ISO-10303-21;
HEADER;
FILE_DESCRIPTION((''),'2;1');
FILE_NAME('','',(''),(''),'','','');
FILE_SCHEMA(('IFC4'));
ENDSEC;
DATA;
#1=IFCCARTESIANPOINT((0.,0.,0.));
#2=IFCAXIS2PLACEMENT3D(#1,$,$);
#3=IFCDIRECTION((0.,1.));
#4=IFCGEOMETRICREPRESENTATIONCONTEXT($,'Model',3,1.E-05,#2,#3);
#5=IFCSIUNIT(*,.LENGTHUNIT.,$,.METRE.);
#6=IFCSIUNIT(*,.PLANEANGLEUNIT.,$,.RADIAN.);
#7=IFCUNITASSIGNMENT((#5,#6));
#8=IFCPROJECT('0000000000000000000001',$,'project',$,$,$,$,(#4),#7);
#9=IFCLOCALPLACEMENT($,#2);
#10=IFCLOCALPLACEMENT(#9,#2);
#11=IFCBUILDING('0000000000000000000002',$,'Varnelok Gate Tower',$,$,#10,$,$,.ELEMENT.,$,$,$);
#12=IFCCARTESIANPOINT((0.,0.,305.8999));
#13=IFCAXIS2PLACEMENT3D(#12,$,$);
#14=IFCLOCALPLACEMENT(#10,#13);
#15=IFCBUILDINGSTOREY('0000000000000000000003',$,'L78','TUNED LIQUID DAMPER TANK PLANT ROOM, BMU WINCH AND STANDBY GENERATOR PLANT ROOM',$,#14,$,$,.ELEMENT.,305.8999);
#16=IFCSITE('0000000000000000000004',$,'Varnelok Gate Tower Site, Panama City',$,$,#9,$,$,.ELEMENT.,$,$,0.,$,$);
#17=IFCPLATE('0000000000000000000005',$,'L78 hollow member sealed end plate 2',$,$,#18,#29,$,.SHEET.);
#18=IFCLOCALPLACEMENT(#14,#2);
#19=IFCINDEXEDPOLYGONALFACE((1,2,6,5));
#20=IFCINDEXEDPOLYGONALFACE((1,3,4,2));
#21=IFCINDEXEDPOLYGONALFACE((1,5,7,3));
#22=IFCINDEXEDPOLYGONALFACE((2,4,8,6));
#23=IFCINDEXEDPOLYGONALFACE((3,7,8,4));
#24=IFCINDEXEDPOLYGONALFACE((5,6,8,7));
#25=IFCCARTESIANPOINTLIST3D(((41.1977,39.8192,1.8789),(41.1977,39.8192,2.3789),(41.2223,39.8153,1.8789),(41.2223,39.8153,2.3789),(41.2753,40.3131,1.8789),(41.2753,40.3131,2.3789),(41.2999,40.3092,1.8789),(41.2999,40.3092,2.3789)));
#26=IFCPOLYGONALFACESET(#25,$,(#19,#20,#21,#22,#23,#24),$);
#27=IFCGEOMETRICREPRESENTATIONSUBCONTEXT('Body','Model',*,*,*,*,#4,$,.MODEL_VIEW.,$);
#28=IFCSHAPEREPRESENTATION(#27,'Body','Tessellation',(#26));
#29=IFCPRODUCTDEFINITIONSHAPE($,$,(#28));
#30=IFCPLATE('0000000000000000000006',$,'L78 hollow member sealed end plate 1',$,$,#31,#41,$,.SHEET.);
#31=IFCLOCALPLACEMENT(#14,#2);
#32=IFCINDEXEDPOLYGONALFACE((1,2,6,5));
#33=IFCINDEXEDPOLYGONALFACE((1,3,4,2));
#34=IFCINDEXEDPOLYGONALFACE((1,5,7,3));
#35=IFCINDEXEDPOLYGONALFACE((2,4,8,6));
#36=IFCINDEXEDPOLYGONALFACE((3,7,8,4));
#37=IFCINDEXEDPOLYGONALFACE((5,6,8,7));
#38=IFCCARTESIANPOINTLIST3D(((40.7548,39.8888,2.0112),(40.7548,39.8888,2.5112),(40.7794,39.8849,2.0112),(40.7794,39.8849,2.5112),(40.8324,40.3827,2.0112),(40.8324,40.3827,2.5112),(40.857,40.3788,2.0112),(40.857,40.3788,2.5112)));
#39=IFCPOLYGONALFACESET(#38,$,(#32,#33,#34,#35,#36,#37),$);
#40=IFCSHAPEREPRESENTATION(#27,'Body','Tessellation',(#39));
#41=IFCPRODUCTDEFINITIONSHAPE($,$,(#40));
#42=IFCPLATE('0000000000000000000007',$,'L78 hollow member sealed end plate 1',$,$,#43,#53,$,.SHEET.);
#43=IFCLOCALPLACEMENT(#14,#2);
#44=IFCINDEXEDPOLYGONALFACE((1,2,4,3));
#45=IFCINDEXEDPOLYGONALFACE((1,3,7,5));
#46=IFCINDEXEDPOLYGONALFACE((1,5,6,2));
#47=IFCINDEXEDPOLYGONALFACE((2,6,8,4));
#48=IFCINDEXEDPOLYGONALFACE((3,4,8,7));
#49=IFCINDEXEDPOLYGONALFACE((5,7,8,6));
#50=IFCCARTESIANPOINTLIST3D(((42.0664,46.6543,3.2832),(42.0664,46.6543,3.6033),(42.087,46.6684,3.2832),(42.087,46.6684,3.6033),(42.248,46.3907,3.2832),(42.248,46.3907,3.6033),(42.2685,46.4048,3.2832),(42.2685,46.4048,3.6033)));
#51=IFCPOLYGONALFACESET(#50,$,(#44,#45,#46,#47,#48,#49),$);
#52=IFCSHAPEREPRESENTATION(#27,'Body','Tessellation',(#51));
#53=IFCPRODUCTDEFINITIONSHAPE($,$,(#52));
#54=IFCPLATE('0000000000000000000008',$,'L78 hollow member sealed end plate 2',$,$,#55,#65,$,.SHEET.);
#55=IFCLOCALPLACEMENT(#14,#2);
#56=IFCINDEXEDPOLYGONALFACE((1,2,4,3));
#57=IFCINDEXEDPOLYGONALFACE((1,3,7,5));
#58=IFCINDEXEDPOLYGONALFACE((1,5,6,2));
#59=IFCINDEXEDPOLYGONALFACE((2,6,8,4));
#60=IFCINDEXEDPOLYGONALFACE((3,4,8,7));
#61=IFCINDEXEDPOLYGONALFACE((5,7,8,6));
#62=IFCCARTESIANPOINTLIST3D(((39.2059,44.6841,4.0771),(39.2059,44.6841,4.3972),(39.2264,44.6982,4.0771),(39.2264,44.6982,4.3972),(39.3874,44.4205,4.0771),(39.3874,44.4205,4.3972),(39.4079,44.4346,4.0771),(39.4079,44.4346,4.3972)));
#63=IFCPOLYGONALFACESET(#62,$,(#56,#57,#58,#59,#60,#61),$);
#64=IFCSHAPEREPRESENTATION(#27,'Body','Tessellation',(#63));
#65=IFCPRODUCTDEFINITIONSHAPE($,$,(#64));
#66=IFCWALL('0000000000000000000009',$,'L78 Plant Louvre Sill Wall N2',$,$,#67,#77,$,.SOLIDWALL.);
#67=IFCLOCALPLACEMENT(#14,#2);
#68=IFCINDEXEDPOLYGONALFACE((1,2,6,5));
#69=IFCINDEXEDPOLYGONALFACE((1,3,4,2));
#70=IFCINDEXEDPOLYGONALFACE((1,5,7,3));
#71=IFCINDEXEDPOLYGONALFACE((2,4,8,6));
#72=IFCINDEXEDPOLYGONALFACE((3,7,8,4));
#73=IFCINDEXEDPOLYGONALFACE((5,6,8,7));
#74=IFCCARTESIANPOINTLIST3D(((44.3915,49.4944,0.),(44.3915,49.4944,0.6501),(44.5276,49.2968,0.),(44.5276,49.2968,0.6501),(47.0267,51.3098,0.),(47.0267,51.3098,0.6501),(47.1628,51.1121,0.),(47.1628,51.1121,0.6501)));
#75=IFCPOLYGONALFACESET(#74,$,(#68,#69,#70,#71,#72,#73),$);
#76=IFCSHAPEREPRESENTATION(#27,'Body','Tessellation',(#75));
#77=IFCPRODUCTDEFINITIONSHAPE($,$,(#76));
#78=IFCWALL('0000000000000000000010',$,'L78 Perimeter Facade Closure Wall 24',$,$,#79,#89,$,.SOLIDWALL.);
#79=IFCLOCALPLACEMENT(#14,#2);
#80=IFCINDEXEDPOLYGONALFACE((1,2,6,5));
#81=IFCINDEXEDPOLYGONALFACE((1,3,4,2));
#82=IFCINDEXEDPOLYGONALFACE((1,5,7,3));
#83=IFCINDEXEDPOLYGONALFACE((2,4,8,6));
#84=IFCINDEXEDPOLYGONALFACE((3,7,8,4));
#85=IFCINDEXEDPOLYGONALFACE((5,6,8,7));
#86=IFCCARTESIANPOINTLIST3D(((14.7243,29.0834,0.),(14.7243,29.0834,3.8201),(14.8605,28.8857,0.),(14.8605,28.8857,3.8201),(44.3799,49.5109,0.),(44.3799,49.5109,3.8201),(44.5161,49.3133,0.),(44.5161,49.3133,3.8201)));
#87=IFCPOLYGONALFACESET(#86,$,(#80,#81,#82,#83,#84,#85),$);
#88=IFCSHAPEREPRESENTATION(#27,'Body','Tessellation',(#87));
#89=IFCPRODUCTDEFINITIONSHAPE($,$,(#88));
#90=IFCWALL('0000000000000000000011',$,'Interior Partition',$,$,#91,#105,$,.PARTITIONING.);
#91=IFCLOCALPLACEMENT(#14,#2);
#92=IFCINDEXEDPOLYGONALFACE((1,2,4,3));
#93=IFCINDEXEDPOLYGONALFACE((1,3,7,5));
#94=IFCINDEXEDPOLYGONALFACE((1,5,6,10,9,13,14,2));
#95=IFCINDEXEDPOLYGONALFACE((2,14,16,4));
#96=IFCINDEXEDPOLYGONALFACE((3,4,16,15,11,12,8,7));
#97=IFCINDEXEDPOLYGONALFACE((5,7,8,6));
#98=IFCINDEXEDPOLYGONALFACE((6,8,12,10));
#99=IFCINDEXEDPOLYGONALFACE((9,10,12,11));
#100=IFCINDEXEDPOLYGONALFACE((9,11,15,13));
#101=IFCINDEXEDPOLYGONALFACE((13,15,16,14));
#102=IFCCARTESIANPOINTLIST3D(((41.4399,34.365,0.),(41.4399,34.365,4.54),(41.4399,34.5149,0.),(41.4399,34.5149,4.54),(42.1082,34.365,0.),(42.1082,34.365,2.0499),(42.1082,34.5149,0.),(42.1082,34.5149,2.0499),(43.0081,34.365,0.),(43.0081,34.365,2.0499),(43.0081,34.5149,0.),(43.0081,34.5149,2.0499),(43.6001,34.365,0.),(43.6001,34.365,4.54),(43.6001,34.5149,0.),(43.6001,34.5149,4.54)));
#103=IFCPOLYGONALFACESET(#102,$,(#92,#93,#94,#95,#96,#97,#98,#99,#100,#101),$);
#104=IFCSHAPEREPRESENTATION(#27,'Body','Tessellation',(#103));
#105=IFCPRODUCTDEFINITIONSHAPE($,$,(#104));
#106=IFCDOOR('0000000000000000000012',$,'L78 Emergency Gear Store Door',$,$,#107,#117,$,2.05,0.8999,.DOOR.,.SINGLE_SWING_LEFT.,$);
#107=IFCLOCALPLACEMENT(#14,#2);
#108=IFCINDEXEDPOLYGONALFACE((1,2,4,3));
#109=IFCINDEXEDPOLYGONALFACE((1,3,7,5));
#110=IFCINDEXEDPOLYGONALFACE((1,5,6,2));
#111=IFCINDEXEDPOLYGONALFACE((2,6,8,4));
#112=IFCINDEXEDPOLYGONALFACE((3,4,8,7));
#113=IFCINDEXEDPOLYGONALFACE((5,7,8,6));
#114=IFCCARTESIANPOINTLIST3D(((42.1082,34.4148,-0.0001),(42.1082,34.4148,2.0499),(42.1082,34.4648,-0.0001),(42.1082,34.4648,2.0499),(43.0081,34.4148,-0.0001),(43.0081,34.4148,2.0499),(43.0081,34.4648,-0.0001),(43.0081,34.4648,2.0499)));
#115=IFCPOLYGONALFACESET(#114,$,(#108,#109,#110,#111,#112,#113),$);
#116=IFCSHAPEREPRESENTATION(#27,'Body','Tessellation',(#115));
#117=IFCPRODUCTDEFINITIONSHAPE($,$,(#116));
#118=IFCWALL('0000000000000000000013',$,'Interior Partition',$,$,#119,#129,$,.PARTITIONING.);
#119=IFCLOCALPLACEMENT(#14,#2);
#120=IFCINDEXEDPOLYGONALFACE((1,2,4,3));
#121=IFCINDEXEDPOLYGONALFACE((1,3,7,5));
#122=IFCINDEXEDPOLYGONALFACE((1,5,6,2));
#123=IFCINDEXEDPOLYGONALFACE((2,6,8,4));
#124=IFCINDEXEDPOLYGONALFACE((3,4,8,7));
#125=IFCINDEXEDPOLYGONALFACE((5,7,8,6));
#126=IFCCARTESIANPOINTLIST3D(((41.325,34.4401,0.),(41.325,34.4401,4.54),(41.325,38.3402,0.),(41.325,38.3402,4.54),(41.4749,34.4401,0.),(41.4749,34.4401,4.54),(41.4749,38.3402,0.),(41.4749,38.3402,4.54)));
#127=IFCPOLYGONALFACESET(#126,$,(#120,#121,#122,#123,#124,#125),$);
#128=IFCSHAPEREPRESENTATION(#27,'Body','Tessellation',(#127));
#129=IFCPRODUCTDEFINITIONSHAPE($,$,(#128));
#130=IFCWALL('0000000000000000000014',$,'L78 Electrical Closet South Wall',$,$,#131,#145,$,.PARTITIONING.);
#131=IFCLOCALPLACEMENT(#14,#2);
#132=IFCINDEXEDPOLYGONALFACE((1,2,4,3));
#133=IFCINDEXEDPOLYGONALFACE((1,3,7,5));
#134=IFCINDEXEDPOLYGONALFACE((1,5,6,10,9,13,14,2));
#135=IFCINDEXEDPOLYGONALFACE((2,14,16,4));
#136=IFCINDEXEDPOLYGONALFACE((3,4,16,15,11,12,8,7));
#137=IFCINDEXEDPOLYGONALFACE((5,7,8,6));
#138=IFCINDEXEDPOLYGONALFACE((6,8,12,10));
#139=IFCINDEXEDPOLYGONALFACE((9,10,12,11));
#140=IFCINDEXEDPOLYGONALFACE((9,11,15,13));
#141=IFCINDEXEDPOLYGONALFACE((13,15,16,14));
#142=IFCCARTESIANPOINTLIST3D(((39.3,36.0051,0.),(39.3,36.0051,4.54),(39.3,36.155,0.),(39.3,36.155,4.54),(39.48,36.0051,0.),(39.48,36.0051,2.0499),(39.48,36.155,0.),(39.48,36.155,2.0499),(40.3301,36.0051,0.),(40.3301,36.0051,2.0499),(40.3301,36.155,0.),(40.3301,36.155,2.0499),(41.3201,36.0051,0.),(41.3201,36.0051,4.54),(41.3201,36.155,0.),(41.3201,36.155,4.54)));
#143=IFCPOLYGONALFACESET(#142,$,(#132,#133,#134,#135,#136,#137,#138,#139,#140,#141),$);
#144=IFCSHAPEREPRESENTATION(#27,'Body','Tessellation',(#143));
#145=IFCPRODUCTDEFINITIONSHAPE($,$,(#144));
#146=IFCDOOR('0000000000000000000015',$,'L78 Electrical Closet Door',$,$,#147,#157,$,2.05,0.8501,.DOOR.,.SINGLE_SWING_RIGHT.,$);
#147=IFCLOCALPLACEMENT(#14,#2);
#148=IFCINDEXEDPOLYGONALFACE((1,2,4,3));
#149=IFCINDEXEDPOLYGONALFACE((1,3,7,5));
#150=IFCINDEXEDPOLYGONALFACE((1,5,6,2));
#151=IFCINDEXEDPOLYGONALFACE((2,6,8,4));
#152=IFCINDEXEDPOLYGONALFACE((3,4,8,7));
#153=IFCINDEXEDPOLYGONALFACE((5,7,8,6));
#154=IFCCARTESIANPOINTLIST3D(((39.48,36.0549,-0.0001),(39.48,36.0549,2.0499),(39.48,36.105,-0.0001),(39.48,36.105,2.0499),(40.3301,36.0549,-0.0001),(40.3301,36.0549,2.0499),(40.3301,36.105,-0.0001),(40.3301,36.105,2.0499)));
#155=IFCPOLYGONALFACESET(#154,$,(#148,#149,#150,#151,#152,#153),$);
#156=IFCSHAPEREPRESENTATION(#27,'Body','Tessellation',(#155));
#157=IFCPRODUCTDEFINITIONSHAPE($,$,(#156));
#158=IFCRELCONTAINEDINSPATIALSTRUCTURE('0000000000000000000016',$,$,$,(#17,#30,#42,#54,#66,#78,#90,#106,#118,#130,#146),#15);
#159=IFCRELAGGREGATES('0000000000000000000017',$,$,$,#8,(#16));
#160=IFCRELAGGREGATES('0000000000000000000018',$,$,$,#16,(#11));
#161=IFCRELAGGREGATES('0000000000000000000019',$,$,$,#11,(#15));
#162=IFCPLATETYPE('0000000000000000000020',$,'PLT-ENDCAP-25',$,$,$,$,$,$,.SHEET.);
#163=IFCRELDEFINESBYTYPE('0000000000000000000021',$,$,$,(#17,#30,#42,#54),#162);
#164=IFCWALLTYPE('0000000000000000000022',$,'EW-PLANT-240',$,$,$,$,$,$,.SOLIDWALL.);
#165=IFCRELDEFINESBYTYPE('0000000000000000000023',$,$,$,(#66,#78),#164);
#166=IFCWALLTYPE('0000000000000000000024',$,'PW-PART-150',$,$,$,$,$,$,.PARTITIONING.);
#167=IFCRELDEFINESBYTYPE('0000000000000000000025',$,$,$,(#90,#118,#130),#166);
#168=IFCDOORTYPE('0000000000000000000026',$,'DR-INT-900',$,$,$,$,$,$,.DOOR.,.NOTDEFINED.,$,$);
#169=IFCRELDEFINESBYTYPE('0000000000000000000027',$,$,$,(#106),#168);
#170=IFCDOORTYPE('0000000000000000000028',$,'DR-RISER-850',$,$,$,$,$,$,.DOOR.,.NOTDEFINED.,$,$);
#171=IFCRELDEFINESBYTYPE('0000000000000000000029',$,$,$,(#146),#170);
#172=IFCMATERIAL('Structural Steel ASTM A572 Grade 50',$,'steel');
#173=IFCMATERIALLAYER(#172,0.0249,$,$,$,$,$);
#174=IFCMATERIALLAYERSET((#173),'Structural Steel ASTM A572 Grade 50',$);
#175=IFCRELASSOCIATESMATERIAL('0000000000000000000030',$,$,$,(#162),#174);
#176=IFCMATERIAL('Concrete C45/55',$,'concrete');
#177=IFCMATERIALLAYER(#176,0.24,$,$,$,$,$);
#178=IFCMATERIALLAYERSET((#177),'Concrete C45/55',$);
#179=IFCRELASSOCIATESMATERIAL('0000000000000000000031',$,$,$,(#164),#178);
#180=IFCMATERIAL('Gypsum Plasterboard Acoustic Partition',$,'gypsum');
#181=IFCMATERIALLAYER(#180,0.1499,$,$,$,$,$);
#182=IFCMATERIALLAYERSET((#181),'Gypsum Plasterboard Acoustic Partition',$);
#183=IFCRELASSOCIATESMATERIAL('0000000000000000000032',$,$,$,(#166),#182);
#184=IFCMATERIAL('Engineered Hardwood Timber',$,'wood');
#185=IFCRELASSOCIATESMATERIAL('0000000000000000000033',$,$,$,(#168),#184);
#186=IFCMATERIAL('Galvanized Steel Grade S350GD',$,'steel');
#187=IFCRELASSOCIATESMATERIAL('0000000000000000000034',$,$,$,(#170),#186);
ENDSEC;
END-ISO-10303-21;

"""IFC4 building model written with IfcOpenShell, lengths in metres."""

from ifc_helpers import new_model, si_unit, direction, frame, frame_2d, origin, origin_2d, place, context, subcontext, project, spatial, rectangle, extrude, source, transform, mapped, material, layer, layer_set, type_object, element, fill, save


model = new_model("IFC4")

# Units and contexts
model_context = context("Model", 3, precision=1e-05, world=origin(), true_north=direction((0.0, 1.0)))
body_context = subcontext(model_context, "Body", "Model", "MODEL_VIEW")
ifc_project = project(units=[si_unit("LENGTHUNIT", "METRE"), si_unit("PLANEANGLEUNIT", "RADIAN")], contexts=[model_context])

# Site, building, storey
site_placement = place(None, origin())
site = spatial("IfcSite", under=ifc_project, at=site_placement, Name="Varnelok Gate Tower Site, Panama City", CompositionType="ELEMENT", RefElevation=0.0)
building_placement = place(site_placement, origin())
building = spatial("IfcBuilding", under=site, at=building_placement, Name="Varnelok Gate Tower", CompositionType="ELEMENT")
storey_placement = place(building_placement, frame((0.0, 0.0, 305.8999)))
storey = spatial("IfcBuildingStorey", under=building, at=storey_placement, Name="L78", Description="TUNED LIQUID DAMPER TANK PLANT ROOM, BMU WINCH AND STANDBY GENERATOR PLANT ROOM", CompositionType="ELEMENT", Elevation=305.8999)

# Plates
ifc_material_1 = material(Name="Structural Steel ASTM A572 Grade 50", Category="steel")
ifc_layer_1 = layer(ifc_material_1, 0.0249)
ifc_layer_set_1 = layer_set([ifc_layer_1], Name="Structural Steel ASTM A572 Grade 50")
plate_type_1 = type_object("IfcPlateType", Name="PLT-ENDCAP-25", PredefinedType="SHEET", material=ifc_layer_set_1)
shared_shape_1 = source(origin(), body_context, "Body", "SweptSolid", [
    extrude(rectangle(XDim=0.0249, YDim=0.5, at=origin_2d()), origin(), (0.0, 0.0, 1.0), 0.5),
])
for number, where, z_axis, x_axis, name in (
    (1, (41.2488, 40.0642, 1.8789), (0.0, 0.0, 1.0), (-0.987865, 0.155314, 0.0), "L78 hollow member sealed end plate 2"),
    (2, (40.8059, 40.1338, 2.0112), (0.0, 0.0, 1.0), (-0.987865, 0.155314, 0.0), "L78 hollow member sealed end plate 1"),
):
    element("IfcPlate", number, at=place(storey_placement, frame(where, z_axis=z_axis, x_axis=x_axis)), inside=storey, type_object=plate_type_1, Name=name, PredefinedType="SHEET", context=body_context, shape_type="MappedRepresentation", body=[
        mapped(shared_shape_1, transform((0.0, 0.0, 0.0), scale=1.0)),
    ])
shared_shape_2 = source(origin(), body_context, "Body", "SweptSolid", [
    extrude(rectangle(XDim=0.0249, YDim=0.3201, at=origin_2d()), origin(), (0.0, 0.0, 1.0), 0.3201),
])
for number, where, z_axis, x_axis, name in (
    (3, (42.1675, 46.5295, 3.2832), (0.0, 0.0, 1.0), (-0.823542, -0.567255, 0.0), "L78 hollow member sealed end plate 1"),
    (4, (39.3069, 44.5593, 4.0771), (0.0, 0.0, 1.0), (-0.823542, -0.567255, 0.0), "L78 hollow member sealed end plate 2"),
):
    element("IfcPlate", number, at=place(storey_placement, frame(where, z_axis=z_axis, x_axis=x_axis)), inside=storey, type_object=plate_type_1, Name=name, PredefinedType="SHEET", context=body_context, shape_type="MappedRepresentation", body=[
        mapped(shared_shape_2, transform((0.0, 0.0, 0.0), scale=1.0)),
    ])

# Walls
ifc_material_2 = material(Name="Concrete C45/55", Category="concrete")
ifc_layer_2 = layer(ifc_material_2, 0.24)
ifc_layer_set_2 = layer_set([ifc_layer_2], Name="Concrete C45/55")
wall_type_1 = type_object("IfcWallType", Name="EW-PLANT-240", PredefinedType="SOLIDWALL", material=ifc_layer_set_2)
wall_1_placement = place(storey_placement, frame((44.4595, 49.3955, 0.0), z_axis=(0.0, 0.0, 1.0), x_axis=(0.823503, 0.567312, 0.0)))
element("IfcWall", 5, at=wall_1_placement, inside=storey, type_object=wall_type_1, Name="L78 Plant Louvre Sill Wall N2", PredefinedType="SOLIDWALL", context=body_context, shape_type="SweptSolid", body=[
    extrude(rectangle(XDim=3.2, YDim=0.24, at=frame_2d((1.6001, 0.0))), origin(), (0.0, 0.0, 1.0), 0.6501),
])
wall_2_placement = place(storey_placement, frame((44.448, 49.4121, 0.0), z_axis=(0.0, 0.0, 1.0), x_axis=(-0.823532, -0.56727, 0.0)))
element("IfcWall", 6, at=wall_2_placement, inside=storey, type_object=wall_type_1, Name="L78 Perimeter Facade Closure Wall 24", PredefinedType="SOLIDWALL", context=body_context, shape_type="SweptSolid", body=[
    extrude(rectangle(XDim=36.0103, YDim=0.24, at=frame_2d((18.0051, 0.0))), origin(), (0.0, 0.0, 1.0), 3.8201),
])

# Wall, opening, door
ifc_material_3 = material(Name="Gypsum Plasterboard Acoustic Partition", Category="gypsum")
ifc_layer_3 = layer(ifc_material_3, 0.1499)
ifc_layer_set_3 = layer_set([ifc_layer_3], Name="Gypsum Plasterboard Acoustic Partition")
wall_type_2 = type_object("IfcWallType", Name="PW-PART-150", PredefinedType="PARTITIONING", material=ifc_layer_set_3)
wall_3_placement = place(storey_placement, frame((41.4399, 34.4399, 0.0), z_axis=(0.0, 0.0, 1.0), x_axis=(1.0, 0.0, 0.0)))
wall_3 = element("IfcWall", 7, at=wall_3_placement, inside=storey, type_object=wall_type_2, Name="Interior Partition", PredefinedType="PARTITIONING", context=body_context, shape_type="SweptSolid", body=[
    extrude(rectangle(XDim=2.1602, YDim=0.1499, at=frame_2d((1.0801, 0.0))), origin(), (0.0, 0.0, 1.0), 4.54),
])
opening_1_placement = place(wall_3_placement, frame((0.6682, 0.0, 0.0)))
opening_1 = element("IfcOpeningElement", 8, at=opening_1_placement, cuts=wall_3, PredefinedType="OPENING", context=body_context, shape_type="SweptSolid", body=[
    extrude(rectangle(XDim=0.8999, YDim=2.05, at=frame_2d((0.45, 1.0249))), frame((0.0, 0.085, 0.0), z_axis=(0.0, -1.0, 0.0), x_axis=(1.0, 0.0, 0.0)), (0.0, 0.0, 1.0), 0.1699),
])
ifc_material_4 = material(Name="Engineered Hardwood Timber", Category="wood")
door_type_1 = type_object("IfcDoorType", Name="DR-INT-900", OperationType="NOTDEFINED", PredefinedType="DOOR", material=ifc_material_4)
door_1_placement = place(opening_1_placement, origin())
door_1 = element("IfcDoor", 9, at=door_1_placement, inside=storey, type_object=door_type_1, Name="L78 Emergency Gear Store Door", OperationType="SINGLE_SWING_LEFT", OverallHeight=2.05, OverallWidth=0.8999, PredefinedType="DOOR", context=body_context, shape_type="SweptSolid", body=[
    extrude(rectangle(XDim=0.8999, YDim=2.05, at=frame_2d((0.45, 1.0249))), frame((0.0, 0.0249, 0.0), z_axis=(0.0, -1.0, 0.0), x_axis=(1.0, 0.0, 0.0)), (0.0, 0.0, 1.0), 0.05),
])
fill(opening_1, door_1)

# Wall
wall_4_placement = place(storey_placement, frame((41.3999, 34.4399, 0.0), z_axis=(0.0, 0.0, 1.0), x_axis=(0.0, 1.0, 0.0)))
element("IfcWall", 10, at=wall_4_placement, inside=storey, type_object=wall_type_2, Name="Interior Partition", PredefinedType="PARTITIONING", context=body_context, shape_type="SweptSolid", body=[
    extrude(rectangle(XDim=3.9001, YDim=0.1499, at=frame_2d((1.9502, 0.0))), origin(), (0.0, 0.0, 1.0), 4.54),
])

# Wall, opening, door
wall_5_placement = place(storey_placement, frame((39.3, 36.0801, 0.0), z_axis=(0.0, 0.0, 1.0), x_axis=(1.0, 0.0, 0.0)))
wall_5 = element("IfcWall", 11, at=wall_5_placement, inside=storey, type_object=wall_type_2, Name="L78 Electrical Closet South Wall", PredefinedType="PARTITIONING", context=body_context, shape_type="SweptSolid", body=[
    extrude(rectangle(XDim=2.02, YDim=0.1499, at=frame_2d((1.01, 0.0))), origin(), (0.0, 0.0, 1.0), 4.54),
])
opening_2_placement = place(wall_5_placement, frame((0.1799, 0.0, 0.0)))
opening_2 = element("IfcOpeningElement", 12, at=opening_2_placement, cuts=wall_5, PredefinedType="OPENING", context=body_context, shape_type="SweptSolid", body=[
    extrude(rectangle(XDim=0.8501, YDim=2.05, at=frame_2d((0.425, 1.0249))), frame((0.0, 0.085, 0.0), z_axis=(0.0, -1.0, 0.0), x_axis=(1.0, 0.0, 0.0)), (0.0, 0.0, 1.0), 0.1699),
])
ifc_material_5 = material(Name="Galvanized Steel Grade S350GD", Category="steel")
door_type_2 = type_object("IfcDoorType", Name="DR-RISER-850", OperationType="NOTDEFINED", PredefinedType="DOOR", material=ifc_material_5)
door_2_placement = place(opening_2_placement, origin())
door_2 = element("IfcDoor", 13, at=door_2_placement, inside=storey, type_object=door_type_2, Name="L78 Electrical Closet Door", OperationType="SINGLE_SWING_RIGHT", OverallHeight=2.05, OverallWidth=0.8501, PredefinedType="DOOR", context=body_context, shape_type="SweptSolid", body=[
    extrude(rectangle(XDim=0.8501, YDim=2.05, at=frame_2d((0.425, 1.0249))), frame((0.0, 0.0249, 0.0), z_axis=(0.0, -1.0, 0.0), x_axis=(1.0, 0.0, 0.0)), (0.0, 0.0, 1.0), 0.05),
])
fill(opening_2, door_2)

save(model, "model.ifc")
